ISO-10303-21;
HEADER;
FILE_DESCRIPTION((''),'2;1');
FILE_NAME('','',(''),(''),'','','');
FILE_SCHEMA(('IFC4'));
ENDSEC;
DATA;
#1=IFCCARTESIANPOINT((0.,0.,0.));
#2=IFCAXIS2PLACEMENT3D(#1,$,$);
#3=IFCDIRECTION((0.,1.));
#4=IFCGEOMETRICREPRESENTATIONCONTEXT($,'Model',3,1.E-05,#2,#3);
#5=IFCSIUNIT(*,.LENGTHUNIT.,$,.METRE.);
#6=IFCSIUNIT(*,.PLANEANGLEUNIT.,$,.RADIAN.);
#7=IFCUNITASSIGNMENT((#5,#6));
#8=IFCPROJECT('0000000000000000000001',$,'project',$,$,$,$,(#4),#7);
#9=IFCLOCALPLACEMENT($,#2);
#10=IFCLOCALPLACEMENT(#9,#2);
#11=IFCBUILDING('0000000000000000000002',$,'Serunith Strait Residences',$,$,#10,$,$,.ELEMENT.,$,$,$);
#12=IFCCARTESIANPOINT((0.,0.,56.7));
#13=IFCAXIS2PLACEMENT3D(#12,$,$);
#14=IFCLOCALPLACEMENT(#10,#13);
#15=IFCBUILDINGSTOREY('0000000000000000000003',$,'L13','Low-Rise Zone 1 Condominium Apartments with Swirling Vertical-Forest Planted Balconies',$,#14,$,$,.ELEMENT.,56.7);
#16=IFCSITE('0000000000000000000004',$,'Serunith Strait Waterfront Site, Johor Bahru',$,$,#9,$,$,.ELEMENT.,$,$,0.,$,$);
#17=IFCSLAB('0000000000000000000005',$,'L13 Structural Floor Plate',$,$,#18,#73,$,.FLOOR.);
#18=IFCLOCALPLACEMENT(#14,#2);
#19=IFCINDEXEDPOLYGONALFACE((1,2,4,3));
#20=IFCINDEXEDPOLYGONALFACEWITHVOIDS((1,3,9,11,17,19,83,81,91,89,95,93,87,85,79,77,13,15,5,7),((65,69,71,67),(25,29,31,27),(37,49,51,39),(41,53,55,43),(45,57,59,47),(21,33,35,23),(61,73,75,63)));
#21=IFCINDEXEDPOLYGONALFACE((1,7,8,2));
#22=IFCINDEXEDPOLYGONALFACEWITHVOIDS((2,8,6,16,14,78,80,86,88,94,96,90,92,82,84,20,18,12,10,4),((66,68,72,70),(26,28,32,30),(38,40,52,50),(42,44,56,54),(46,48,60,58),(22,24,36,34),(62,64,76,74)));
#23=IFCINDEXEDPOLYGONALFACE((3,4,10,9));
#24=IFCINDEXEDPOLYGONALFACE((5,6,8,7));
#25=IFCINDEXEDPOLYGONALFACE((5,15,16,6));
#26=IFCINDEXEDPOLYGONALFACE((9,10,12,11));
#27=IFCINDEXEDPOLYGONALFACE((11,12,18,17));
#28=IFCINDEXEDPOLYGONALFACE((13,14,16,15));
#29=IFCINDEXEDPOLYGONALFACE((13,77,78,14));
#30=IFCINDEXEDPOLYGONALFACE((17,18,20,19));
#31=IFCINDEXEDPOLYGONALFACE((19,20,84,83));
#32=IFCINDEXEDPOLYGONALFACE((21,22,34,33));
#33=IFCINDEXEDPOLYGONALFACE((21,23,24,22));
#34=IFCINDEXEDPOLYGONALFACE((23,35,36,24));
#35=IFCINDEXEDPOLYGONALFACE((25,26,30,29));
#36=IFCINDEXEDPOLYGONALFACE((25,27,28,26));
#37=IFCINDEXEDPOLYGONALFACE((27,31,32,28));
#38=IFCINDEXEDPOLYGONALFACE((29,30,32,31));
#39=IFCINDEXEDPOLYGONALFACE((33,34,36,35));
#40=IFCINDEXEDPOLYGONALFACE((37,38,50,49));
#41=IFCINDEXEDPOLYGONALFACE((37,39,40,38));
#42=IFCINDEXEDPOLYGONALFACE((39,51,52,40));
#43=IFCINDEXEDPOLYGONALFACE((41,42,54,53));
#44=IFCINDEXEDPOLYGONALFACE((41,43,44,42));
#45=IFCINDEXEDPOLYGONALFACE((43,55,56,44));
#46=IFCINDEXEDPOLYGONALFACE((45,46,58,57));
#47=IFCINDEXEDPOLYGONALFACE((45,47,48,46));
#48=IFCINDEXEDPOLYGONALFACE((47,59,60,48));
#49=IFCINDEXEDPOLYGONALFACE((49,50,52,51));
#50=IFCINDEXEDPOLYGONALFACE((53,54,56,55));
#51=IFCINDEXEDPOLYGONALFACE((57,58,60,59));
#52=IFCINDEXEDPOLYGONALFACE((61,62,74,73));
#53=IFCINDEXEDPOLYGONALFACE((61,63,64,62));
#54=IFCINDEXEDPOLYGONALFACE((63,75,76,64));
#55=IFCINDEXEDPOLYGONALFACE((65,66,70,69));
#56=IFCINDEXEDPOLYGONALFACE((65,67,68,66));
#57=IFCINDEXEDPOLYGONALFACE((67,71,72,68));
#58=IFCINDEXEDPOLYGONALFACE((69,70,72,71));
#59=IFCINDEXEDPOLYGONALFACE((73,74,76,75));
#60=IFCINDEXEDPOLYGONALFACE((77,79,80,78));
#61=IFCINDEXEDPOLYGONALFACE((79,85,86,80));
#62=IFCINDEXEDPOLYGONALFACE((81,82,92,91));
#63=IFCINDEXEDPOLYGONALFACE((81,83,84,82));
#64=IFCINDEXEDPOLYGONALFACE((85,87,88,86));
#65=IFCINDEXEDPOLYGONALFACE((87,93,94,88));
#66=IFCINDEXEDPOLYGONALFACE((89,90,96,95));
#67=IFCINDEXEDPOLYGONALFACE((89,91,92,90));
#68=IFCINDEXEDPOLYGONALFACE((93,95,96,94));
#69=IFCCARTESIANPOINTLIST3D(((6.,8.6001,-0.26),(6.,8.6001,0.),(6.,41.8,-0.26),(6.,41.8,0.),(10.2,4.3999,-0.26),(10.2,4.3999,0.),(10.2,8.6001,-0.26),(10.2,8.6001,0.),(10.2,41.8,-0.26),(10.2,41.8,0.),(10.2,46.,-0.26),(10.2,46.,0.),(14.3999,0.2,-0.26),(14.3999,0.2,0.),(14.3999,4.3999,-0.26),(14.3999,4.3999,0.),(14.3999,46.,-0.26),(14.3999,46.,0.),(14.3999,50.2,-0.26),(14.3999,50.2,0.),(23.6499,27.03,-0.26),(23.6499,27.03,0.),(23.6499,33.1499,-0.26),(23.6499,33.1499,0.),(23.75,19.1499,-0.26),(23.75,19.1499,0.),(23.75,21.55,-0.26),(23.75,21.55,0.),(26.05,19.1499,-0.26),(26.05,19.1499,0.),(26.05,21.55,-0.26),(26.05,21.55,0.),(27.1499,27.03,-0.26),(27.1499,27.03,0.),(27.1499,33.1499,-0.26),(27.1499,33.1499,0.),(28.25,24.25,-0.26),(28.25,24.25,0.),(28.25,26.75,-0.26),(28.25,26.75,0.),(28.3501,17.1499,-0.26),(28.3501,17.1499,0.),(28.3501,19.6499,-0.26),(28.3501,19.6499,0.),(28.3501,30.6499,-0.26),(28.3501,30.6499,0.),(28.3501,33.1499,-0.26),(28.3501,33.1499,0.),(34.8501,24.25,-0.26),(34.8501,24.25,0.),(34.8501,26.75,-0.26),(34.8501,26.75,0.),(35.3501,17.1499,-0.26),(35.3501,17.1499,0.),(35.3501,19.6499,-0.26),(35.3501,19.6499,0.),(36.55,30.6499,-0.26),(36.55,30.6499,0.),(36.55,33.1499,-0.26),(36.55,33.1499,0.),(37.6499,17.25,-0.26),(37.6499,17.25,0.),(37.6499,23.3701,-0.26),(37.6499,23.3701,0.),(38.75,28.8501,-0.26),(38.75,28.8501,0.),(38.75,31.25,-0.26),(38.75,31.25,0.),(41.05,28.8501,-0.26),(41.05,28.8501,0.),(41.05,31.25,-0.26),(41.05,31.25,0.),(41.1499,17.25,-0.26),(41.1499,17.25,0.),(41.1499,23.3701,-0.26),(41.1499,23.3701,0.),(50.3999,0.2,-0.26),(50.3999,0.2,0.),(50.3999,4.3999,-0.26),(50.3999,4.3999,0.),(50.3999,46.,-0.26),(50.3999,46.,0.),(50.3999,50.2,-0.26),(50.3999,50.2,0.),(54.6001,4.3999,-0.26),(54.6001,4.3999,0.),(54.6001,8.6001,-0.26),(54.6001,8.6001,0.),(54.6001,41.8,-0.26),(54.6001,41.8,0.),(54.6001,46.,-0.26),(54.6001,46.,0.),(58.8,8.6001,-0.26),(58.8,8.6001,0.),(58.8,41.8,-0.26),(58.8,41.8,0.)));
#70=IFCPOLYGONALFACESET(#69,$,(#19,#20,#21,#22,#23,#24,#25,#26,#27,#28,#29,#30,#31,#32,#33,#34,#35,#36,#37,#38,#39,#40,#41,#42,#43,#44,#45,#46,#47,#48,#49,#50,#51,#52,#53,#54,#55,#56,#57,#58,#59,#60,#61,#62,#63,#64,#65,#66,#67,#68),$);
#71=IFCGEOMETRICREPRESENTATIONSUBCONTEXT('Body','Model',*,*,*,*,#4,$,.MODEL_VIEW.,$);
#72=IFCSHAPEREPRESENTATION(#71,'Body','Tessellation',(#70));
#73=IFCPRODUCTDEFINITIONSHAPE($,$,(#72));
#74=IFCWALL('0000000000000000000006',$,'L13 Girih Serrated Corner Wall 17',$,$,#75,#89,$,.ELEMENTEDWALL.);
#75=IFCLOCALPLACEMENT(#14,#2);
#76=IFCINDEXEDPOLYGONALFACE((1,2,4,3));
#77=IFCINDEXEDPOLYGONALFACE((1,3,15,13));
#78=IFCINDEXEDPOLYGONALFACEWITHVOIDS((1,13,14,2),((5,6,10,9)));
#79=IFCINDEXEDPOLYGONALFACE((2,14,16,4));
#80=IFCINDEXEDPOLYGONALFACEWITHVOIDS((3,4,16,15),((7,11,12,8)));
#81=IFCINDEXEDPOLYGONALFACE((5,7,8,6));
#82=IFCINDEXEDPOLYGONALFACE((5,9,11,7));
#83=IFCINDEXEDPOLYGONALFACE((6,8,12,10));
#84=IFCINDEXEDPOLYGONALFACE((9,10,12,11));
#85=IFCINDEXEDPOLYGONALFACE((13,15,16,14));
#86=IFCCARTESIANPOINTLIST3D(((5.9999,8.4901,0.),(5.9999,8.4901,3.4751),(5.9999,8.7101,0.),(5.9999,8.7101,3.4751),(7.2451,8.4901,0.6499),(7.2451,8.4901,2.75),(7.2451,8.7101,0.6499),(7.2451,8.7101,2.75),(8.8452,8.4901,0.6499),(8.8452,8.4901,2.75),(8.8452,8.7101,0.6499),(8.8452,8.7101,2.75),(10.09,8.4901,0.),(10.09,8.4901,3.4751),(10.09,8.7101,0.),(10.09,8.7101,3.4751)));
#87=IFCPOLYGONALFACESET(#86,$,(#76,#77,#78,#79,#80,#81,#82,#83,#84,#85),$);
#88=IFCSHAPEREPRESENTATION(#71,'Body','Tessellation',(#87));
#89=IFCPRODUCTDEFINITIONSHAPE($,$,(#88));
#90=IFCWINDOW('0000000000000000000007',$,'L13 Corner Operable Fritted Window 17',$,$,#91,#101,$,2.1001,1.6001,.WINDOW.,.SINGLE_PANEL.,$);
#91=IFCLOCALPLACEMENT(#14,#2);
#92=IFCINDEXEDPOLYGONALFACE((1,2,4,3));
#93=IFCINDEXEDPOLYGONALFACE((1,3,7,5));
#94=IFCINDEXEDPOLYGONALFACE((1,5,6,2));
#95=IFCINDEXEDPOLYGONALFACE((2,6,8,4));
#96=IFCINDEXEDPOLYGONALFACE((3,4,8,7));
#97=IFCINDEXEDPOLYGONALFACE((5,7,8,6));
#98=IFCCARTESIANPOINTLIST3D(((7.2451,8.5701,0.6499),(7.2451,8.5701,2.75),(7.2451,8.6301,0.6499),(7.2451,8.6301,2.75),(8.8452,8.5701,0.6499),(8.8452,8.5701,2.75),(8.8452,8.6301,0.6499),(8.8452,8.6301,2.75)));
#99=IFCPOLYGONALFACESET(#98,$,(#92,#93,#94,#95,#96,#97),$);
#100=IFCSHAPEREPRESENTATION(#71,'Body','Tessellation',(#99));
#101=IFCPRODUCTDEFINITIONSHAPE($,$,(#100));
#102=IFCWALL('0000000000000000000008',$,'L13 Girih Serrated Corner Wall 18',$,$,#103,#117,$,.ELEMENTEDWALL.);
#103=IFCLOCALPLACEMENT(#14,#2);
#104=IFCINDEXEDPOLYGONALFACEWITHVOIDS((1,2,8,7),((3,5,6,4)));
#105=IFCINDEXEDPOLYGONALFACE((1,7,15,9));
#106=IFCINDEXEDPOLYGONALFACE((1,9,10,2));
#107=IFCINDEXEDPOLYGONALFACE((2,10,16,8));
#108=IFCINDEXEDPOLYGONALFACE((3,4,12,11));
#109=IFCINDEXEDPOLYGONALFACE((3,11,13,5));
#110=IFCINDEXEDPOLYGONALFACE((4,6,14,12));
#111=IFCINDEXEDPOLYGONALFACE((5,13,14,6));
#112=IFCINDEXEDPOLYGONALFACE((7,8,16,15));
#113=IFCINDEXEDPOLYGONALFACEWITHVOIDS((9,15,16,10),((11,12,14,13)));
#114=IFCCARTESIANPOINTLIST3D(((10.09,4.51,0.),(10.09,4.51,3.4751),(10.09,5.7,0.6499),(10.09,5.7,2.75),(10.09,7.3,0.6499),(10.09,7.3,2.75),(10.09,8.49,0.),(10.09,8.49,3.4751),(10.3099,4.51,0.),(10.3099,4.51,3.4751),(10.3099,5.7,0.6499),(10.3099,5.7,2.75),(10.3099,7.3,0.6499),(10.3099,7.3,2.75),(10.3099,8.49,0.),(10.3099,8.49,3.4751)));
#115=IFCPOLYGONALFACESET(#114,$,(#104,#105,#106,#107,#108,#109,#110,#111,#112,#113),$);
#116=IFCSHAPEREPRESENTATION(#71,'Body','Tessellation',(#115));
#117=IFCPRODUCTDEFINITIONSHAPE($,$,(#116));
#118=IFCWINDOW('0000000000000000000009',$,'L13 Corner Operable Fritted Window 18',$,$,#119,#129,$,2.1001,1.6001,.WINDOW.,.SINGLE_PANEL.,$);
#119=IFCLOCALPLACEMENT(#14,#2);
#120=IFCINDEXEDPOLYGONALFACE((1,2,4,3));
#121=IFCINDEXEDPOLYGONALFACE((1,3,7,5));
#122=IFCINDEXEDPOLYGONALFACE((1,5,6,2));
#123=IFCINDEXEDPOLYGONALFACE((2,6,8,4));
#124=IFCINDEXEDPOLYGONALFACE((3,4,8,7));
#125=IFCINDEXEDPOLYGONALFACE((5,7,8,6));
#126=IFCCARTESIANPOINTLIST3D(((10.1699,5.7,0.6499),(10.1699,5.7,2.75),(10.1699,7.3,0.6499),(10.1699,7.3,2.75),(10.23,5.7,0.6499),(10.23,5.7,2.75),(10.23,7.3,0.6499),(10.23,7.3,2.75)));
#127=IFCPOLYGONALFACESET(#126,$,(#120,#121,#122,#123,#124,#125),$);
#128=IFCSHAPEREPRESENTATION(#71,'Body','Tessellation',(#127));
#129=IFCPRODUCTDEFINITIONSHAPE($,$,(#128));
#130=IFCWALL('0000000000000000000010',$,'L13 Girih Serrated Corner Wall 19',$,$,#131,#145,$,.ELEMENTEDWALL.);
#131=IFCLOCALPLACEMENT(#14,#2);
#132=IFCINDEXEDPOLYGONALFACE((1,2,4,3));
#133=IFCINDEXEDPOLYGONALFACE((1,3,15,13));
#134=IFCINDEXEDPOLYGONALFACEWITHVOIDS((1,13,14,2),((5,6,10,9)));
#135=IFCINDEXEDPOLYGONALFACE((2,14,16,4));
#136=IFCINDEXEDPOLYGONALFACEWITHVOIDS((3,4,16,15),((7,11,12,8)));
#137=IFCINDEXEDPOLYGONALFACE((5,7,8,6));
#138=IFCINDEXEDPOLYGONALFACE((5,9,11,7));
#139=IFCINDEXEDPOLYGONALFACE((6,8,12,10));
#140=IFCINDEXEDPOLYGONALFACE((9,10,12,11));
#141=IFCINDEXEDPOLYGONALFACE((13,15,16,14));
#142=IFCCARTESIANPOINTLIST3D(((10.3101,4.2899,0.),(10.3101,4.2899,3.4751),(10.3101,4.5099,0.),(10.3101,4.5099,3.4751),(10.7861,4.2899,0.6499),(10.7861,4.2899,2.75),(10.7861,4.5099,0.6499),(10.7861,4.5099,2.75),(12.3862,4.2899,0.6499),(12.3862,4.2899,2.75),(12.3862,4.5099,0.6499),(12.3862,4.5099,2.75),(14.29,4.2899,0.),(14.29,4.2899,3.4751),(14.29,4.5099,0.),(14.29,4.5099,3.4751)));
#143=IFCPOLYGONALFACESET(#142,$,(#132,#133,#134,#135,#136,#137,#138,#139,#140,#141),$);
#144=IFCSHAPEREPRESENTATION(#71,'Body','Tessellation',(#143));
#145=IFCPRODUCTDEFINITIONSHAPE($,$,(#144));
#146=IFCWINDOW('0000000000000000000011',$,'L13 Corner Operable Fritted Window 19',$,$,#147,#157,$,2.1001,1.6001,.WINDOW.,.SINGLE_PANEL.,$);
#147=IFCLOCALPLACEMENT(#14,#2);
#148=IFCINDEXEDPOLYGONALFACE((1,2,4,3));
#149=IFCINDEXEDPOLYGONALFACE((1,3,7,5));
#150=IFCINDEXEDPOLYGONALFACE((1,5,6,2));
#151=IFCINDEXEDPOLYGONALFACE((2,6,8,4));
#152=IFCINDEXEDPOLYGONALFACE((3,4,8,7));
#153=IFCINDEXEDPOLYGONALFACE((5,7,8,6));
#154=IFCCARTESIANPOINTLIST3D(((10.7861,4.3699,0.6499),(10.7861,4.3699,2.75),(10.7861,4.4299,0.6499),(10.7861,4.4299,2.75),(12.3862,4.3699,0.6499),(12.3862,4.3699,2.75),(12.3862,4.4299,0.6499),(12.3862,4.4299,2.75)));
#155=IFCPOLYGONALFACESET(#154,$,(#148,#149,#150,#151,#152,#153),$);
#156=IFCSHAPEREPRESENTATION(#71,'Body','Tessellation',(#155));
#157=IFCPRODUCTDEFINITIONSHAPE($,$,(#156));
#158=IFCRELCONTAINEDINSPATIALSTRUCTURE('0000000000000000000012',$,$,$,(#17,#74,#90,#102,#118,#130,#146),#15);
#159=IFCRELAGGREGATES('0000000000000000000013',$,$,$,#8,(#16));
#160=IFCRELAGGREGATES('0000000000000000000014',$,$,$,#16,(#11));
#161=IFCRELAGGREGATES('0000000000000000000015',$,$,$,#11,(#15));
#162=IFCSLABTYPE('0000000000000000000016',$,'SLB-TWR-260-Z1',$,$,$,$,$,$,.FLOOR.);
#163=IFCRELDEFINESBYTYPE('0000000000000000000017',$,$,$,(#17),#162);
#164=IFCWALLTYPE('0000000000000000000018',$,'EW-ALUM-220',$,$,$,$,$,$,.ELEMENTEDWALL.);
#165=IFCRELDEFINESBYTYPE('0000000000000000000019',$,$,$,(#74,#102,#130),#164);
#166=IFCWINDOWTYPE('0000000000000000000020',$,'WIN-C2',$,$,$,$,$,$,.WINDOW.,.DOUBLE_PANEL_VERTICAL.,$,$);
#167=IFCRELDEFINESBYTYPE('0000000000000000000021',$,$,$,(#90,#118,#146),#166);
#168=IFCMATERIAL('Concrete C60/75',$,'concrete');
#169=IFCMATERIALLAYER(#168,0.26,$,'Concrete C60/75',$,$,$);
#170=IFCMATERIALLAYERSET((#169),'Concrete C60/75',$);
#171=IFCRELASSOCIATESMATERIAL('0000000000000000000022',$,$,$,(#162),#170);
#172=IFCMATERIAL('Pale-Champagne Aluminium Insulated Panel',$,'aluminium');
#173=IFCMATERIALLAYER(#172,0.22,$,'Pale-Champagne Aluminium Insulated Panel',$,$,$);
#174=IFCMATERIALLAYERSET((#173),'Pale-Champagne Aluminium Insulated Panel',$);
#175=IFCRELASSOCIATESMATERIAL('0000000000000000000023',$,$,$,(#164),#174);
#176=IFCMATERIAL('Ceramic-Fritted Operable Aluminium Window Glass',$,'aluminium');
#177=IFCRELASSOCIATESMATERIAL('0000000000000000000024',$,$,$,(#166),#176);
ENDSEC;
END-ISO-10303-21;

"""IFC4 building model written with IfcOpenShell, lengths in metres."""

from ifc_helpers import new_model, si_unit, direction, frame, frame_2d, origin, place, context, subcontext, project, spatial, polyline, rectangle, outline, extrude, source, transform, mapped, material, layer, layer_set, type_object, element, fill, save


model = new_model("IFC4")

# Units and contexts
model_context = context("Model", 3, precision=1e-05, world=origin(), true_north=direction((0.0, 1.0)))
body_context = subcontext(model_context, "Body", "Model", "MODEL_VIEW")
ifc_project = project(units=[si_unit("LENGTHUNIT", "METRE"), si_unit("PLANEANGLEUNIT", "RADIAN")], contexts=[model_context])

# Site, building, storey
site_placement = place(None, origin())
site = spatial("IfcSite", under=ifc_project, at=site_placement, Name="Serunith Strait Waterfront Site, Johor Bahru", CompositionType="ELEMENT", RefElevation=0.0)
building_placement = place(site_placement, origin())
building = spatial("IfcBuilding", under=site, at=building_placement, Name="Serunith Strait Residences", CompositionType="ELEMENT")
storey_placement = place(building_placement, frame((0.0, 0.0, 56.7)))
storey = spatial("IfcBuildingStorey", under=building, at=storey_placement, Name="L13", Description="Low-Rise Zone 1 Condominium Apartments with Swirling Vertical-Forest Planted Balconies", CompositionType="ELEMENT", Elevation=56.7)

# Slab
ifc_material_1 = material(Name="Concrete C60/75", Category="concrete")
ifc_layer_1 = layer(ifc_material_1, 0.26, Name="Concrete C60/75")
ifc_layer_set_1 = layer_set([ifc_layer_1], Name="Concrete C60/75")
slab_type_1 = type_object("IfcSlabType", Name="SLB-TWR-260-Z1", PredefinedType="FLOOR", material=ifc_layer_set_1)
slab_1_placement = place(storey_placement, frame((0.0, 0.0, -0.26)))
element("IfcSlab", 1, at=slab_1_placement, inside=storey, type_object=slab_type_1, Name="L13 Structural Floor Plate", PredefinedType="FLOOR", context=body_context, shape_type="SweptSolid", body=[
    extrude(outline(polyline([(14.3999, 4.3999), (10.2, 4.3999), (10.2, 8.6001), (6.0, 8.6001), (6.0, 41.8), (10.2, 41.8), (10.2, 46.0), (14.3999, 46.0), (14.3999, 50.2), (50.3999, 50.2), (50.3999, 46.0), (54.6001, 46.0), (54.6001, 41.8), (58.8, 41.8), (58.8, 8.6001), (54.6001, 8.6001), (54.6001, 4.3999), (50.3999, 4.3999), (50.3999, 0.2), (14.3999, 0.2), (14.3999, 4.3999)]), holes=[polyline([(41.1499, 17.25), (41.1499, 23.3701), (37.6499, 23.3701), (37.6499, 17.25), (41.1499, 17.25)]), polyline([(41.05, 31.25), (38.75, 31.25), (38.75, 28.8501), (41.05, 28.8501), (41.05, 31.25)]), polyline([(36.55, 33.1499), (28.3501, 33.1499), (28.3501, 30.6499), (36.55, 30.6499), (36.55, 33.1499)]), polyline([(28.3501, 19.6499), (28.3501, 17.1499), (35.3501, 17.1499), (35.3501, 19.6499), (28.3501, 19.6499)]), polyline([(34.8501, 26.75), (28.25, 26.75), (28.25, 24.25), (34.8501, 24.25), (34.8501, 26.75)]), polyline([(23.6499, 33.1499), (23.6499, 27.03), (27.1499, 27.03), (27.1499, 33.1499), (23.6499, 33.1499)]), polyline([(26.05, 21.55), (23.75, 21.55), (23.75, 19.1499), (26.05, 19.1499), (26.05, 21.55)])]), origin(), (0.0, 0.0, 1.0), 0.26),
])

# Walls, openings, windows
ifc_material_2 = material(Name="Pale-Champagne Aluminium Insulated Panel", Category="aluminium")
ifc_layer_2 = layer(ifc_material_2, 0.22, Name="Pale-Champagne Aluminium Insulated Panel")
ifc_layer_set_2 = layer_set([ifc_layer_2], Name="Pale-Champagne Aluminium Insulated Panel")
wall_type_1 = type_object("IfcWallType", Name="EW-ALUM-220", PredefinedType="ELEMENTEDWALL", material=ifc_layer_set_2)
wall_1_placement = place(storey_placement, frame((6.0, 8.6001, 0.0), z_axis=(0.0, 0.0, 1.0), x_axis=(1.0, 0.0, 0.0)))
wall_1 = element("IfcWall", 2, at=wall_1_placement, inside=storey, type_object=wall_type_1, Name="L13 Girih Serrated Corner Wall 17", PredefinedType="ELEMENTEDWALL", context=body_context, shape_type="SweptSolid", body=[
    extrude(rectangle(XDim=4.0901, YDim=0.22, at=frame_2d((2.0449, 0.0))), origin(), (0.0, 0.0, 1.0), 3.4751),
])
opening_1_placement = place(wall_1_placement, frame((1.2451, 0.0, 0.6499)))
opening_1 = element("IfcOpeningElement", 3, at=opening_1_placement, cuts=wall_1, PredefinedType="OPENING", context=body_context, shape_type="SweptSolid", body=[
    extrude(rectangle(XDim=1.6001, YDim=2.1001, at=frame_2d((0.8, 1.05))), frame((0.0, 0.1201, 0.0), z_axis=(0.0, -1.0, 0.0), x_axis=(1.0, 0.0, 0.0)), (0.0, 0.0, 1.0), 0.24),
])
ifc_material_3 = material(Name="Ceramic-Fritted Operable Aluminium Window Glass", Category="aluminium")
window_type = type_object("IfcWindowType", Name="WIN-C2", PartitioningType="DOUBLE_PANEL_VERTICAL", PredefinedType="WINDOW", material=ifc_material_3)
shared_shape_1 = source(origin(), body_context, "Body", "SweptSolid", [
    extrude(rectangle(XDim=1.6001, YDim=2.1001, at=frame_2d((0.8, 1.05))), frame((0.0, 0.03, 0.0), z_axis=(0.0, -1.0, 0.0), x_axis=(1.0, 0.0, 0.0)), (0.0, 0.0, 1.0), 0.0601),
])
window_1_placement = place(opening_1_placement, origin())
window_1 = element("IfcWindow", 4, at=window_1_placement, inside=storey, type_object=window_type, Name="L13 Corner Operable Fritted Window 17", OverallHeight=2.1001, OverallWidth=1.6001, PartitioningType="SINGLE_PANEL", PredefinedType="WINDOW", context=body_context, shape_type="MappedRepresentation", body=[
    mapped(shared_shape_1, transform((0.0, 0.0, 0.0), scale=1.0)),
])
fill(opening_1, window_1)
wall_2_placement = place(storey_placement, frame((10.2, 8.49, 0.0), z_axis=(0.0, 0.0, 1.0), x_axis=(0.0, -1.0, 0.0)))
wall_2 = element("IfcWall", 5, at=wall_2_placement, inside=storey, type_object=wall_type_1, Name="L13 Girih Serrated Corner Wall 18", PredefinedType="ELEMENTEDWALL", context=body_context, shape_type="SweptSolid", body=[
    extrude(rectangle(XDim=3.98, YDim=0.22, at=frame_2d((1.99, 0.0))), origin(), (0.0, 0.0, 1.0), 3.4751),
])
opening_2_placement = place(wall_2_placement, frame((1.1899, 0.0, 0.6499)))
opening_2 = element("IfcOpeningElement", 6, at=opening_2_placement, cuts=wall_2, PredefinedType="OPENING", context=body_context, shape_type="SweptSolid", body=[
    extrude(rectangle(XDim=1.6001, YDim=2.1001, at=frame_2d((0.8, 1.05))), frame((0.0, 0.1201, 0.0), z_axis=(0.0, -1.0, 0.0), x_axis=(1.0, 0.0, 0.0)), (0.0, 0.0, 1.0), 0.24),
])
window_2_placement = place(opening_2_placement, origin())
window_2 = element("IfcWindow", 7, at=window_2_placement, inside=storey, type_object=window_type, Name="L13 Corner Operable Fritted Window 18", OverallHeight=2.1001, OverallWidth=1.6001, PartitioningType="SINGLE_PANEL", PredefinedType="WINDOW", context=body_context, shape_type="MappedRepresentation", body=[
    mapped(shared_shape_1, transform((0.0, 0.0, 0.0), scale=1.0)),
])
fill(opening_2, window_2)
wall_3_placement = place(storey_placement, frame((10.3101, 4.3999, 0.0), z_axis=(0.0, 0.0, 1.0), x_axis=(1.0, 0.0, 0.0)))
wall_3 = element("IfcWall", 8, at=wall_3_placement, inside=storey, type_object=wall_type_1, Name="L13 Girih Serrated Corner Wall 19", PredefinedType="ELEMENTEDWALL", context=body_context, shape_type="SweptSolid", body=[
    extrude(rectangle(XDim=3.98, YDim=0.22, at=frame_2d((1.99, 0.0))), origin(), (0.0, 0.0, 1.0), 3.4751),
])
opening_3_placement = place(wall_3_placement, frame((0.4761, 0.0, 0.6499)))
opening_3 = element("IfcOpeningElement", 9, at=opening_3_placement, cuts=wall_3, PredefinedType="OPENING", context=body_context, shape_type="SweptSolid", body=[
    extrude(rectangle(XDim=1.6001, YDim=2.1001, at=frame_2d((0.8, 1.05))), frame((0.0, 0.1201, 0.0), z_axis=(0.0, -1.0, 0.0), x_axis=(1.0, 0.0, 0.0)), (0.0, 0.0, 1.0), 0.24),
])
window_3_placement = place(opening_3_placement, origin())
window_3 = element("IfcWindow", 10, at=window_3_placement, inside=storey, type_object=window_type, Name="L13 Corner Operable Fritted Window 19", OverallHeight=2.1001, OverallWidth=1.6001, PartitioningType="SINGLE_PANEL", PredefinedType="WINDOW", context=body_context, shape_type="MappedRepresentation", body=[
    mapped(shared_shape_1, transform((0.0, 0.0, 0.0), scale=1.0)),
])
fill(opening_3, window_3)

save(model, "model.ifc")
